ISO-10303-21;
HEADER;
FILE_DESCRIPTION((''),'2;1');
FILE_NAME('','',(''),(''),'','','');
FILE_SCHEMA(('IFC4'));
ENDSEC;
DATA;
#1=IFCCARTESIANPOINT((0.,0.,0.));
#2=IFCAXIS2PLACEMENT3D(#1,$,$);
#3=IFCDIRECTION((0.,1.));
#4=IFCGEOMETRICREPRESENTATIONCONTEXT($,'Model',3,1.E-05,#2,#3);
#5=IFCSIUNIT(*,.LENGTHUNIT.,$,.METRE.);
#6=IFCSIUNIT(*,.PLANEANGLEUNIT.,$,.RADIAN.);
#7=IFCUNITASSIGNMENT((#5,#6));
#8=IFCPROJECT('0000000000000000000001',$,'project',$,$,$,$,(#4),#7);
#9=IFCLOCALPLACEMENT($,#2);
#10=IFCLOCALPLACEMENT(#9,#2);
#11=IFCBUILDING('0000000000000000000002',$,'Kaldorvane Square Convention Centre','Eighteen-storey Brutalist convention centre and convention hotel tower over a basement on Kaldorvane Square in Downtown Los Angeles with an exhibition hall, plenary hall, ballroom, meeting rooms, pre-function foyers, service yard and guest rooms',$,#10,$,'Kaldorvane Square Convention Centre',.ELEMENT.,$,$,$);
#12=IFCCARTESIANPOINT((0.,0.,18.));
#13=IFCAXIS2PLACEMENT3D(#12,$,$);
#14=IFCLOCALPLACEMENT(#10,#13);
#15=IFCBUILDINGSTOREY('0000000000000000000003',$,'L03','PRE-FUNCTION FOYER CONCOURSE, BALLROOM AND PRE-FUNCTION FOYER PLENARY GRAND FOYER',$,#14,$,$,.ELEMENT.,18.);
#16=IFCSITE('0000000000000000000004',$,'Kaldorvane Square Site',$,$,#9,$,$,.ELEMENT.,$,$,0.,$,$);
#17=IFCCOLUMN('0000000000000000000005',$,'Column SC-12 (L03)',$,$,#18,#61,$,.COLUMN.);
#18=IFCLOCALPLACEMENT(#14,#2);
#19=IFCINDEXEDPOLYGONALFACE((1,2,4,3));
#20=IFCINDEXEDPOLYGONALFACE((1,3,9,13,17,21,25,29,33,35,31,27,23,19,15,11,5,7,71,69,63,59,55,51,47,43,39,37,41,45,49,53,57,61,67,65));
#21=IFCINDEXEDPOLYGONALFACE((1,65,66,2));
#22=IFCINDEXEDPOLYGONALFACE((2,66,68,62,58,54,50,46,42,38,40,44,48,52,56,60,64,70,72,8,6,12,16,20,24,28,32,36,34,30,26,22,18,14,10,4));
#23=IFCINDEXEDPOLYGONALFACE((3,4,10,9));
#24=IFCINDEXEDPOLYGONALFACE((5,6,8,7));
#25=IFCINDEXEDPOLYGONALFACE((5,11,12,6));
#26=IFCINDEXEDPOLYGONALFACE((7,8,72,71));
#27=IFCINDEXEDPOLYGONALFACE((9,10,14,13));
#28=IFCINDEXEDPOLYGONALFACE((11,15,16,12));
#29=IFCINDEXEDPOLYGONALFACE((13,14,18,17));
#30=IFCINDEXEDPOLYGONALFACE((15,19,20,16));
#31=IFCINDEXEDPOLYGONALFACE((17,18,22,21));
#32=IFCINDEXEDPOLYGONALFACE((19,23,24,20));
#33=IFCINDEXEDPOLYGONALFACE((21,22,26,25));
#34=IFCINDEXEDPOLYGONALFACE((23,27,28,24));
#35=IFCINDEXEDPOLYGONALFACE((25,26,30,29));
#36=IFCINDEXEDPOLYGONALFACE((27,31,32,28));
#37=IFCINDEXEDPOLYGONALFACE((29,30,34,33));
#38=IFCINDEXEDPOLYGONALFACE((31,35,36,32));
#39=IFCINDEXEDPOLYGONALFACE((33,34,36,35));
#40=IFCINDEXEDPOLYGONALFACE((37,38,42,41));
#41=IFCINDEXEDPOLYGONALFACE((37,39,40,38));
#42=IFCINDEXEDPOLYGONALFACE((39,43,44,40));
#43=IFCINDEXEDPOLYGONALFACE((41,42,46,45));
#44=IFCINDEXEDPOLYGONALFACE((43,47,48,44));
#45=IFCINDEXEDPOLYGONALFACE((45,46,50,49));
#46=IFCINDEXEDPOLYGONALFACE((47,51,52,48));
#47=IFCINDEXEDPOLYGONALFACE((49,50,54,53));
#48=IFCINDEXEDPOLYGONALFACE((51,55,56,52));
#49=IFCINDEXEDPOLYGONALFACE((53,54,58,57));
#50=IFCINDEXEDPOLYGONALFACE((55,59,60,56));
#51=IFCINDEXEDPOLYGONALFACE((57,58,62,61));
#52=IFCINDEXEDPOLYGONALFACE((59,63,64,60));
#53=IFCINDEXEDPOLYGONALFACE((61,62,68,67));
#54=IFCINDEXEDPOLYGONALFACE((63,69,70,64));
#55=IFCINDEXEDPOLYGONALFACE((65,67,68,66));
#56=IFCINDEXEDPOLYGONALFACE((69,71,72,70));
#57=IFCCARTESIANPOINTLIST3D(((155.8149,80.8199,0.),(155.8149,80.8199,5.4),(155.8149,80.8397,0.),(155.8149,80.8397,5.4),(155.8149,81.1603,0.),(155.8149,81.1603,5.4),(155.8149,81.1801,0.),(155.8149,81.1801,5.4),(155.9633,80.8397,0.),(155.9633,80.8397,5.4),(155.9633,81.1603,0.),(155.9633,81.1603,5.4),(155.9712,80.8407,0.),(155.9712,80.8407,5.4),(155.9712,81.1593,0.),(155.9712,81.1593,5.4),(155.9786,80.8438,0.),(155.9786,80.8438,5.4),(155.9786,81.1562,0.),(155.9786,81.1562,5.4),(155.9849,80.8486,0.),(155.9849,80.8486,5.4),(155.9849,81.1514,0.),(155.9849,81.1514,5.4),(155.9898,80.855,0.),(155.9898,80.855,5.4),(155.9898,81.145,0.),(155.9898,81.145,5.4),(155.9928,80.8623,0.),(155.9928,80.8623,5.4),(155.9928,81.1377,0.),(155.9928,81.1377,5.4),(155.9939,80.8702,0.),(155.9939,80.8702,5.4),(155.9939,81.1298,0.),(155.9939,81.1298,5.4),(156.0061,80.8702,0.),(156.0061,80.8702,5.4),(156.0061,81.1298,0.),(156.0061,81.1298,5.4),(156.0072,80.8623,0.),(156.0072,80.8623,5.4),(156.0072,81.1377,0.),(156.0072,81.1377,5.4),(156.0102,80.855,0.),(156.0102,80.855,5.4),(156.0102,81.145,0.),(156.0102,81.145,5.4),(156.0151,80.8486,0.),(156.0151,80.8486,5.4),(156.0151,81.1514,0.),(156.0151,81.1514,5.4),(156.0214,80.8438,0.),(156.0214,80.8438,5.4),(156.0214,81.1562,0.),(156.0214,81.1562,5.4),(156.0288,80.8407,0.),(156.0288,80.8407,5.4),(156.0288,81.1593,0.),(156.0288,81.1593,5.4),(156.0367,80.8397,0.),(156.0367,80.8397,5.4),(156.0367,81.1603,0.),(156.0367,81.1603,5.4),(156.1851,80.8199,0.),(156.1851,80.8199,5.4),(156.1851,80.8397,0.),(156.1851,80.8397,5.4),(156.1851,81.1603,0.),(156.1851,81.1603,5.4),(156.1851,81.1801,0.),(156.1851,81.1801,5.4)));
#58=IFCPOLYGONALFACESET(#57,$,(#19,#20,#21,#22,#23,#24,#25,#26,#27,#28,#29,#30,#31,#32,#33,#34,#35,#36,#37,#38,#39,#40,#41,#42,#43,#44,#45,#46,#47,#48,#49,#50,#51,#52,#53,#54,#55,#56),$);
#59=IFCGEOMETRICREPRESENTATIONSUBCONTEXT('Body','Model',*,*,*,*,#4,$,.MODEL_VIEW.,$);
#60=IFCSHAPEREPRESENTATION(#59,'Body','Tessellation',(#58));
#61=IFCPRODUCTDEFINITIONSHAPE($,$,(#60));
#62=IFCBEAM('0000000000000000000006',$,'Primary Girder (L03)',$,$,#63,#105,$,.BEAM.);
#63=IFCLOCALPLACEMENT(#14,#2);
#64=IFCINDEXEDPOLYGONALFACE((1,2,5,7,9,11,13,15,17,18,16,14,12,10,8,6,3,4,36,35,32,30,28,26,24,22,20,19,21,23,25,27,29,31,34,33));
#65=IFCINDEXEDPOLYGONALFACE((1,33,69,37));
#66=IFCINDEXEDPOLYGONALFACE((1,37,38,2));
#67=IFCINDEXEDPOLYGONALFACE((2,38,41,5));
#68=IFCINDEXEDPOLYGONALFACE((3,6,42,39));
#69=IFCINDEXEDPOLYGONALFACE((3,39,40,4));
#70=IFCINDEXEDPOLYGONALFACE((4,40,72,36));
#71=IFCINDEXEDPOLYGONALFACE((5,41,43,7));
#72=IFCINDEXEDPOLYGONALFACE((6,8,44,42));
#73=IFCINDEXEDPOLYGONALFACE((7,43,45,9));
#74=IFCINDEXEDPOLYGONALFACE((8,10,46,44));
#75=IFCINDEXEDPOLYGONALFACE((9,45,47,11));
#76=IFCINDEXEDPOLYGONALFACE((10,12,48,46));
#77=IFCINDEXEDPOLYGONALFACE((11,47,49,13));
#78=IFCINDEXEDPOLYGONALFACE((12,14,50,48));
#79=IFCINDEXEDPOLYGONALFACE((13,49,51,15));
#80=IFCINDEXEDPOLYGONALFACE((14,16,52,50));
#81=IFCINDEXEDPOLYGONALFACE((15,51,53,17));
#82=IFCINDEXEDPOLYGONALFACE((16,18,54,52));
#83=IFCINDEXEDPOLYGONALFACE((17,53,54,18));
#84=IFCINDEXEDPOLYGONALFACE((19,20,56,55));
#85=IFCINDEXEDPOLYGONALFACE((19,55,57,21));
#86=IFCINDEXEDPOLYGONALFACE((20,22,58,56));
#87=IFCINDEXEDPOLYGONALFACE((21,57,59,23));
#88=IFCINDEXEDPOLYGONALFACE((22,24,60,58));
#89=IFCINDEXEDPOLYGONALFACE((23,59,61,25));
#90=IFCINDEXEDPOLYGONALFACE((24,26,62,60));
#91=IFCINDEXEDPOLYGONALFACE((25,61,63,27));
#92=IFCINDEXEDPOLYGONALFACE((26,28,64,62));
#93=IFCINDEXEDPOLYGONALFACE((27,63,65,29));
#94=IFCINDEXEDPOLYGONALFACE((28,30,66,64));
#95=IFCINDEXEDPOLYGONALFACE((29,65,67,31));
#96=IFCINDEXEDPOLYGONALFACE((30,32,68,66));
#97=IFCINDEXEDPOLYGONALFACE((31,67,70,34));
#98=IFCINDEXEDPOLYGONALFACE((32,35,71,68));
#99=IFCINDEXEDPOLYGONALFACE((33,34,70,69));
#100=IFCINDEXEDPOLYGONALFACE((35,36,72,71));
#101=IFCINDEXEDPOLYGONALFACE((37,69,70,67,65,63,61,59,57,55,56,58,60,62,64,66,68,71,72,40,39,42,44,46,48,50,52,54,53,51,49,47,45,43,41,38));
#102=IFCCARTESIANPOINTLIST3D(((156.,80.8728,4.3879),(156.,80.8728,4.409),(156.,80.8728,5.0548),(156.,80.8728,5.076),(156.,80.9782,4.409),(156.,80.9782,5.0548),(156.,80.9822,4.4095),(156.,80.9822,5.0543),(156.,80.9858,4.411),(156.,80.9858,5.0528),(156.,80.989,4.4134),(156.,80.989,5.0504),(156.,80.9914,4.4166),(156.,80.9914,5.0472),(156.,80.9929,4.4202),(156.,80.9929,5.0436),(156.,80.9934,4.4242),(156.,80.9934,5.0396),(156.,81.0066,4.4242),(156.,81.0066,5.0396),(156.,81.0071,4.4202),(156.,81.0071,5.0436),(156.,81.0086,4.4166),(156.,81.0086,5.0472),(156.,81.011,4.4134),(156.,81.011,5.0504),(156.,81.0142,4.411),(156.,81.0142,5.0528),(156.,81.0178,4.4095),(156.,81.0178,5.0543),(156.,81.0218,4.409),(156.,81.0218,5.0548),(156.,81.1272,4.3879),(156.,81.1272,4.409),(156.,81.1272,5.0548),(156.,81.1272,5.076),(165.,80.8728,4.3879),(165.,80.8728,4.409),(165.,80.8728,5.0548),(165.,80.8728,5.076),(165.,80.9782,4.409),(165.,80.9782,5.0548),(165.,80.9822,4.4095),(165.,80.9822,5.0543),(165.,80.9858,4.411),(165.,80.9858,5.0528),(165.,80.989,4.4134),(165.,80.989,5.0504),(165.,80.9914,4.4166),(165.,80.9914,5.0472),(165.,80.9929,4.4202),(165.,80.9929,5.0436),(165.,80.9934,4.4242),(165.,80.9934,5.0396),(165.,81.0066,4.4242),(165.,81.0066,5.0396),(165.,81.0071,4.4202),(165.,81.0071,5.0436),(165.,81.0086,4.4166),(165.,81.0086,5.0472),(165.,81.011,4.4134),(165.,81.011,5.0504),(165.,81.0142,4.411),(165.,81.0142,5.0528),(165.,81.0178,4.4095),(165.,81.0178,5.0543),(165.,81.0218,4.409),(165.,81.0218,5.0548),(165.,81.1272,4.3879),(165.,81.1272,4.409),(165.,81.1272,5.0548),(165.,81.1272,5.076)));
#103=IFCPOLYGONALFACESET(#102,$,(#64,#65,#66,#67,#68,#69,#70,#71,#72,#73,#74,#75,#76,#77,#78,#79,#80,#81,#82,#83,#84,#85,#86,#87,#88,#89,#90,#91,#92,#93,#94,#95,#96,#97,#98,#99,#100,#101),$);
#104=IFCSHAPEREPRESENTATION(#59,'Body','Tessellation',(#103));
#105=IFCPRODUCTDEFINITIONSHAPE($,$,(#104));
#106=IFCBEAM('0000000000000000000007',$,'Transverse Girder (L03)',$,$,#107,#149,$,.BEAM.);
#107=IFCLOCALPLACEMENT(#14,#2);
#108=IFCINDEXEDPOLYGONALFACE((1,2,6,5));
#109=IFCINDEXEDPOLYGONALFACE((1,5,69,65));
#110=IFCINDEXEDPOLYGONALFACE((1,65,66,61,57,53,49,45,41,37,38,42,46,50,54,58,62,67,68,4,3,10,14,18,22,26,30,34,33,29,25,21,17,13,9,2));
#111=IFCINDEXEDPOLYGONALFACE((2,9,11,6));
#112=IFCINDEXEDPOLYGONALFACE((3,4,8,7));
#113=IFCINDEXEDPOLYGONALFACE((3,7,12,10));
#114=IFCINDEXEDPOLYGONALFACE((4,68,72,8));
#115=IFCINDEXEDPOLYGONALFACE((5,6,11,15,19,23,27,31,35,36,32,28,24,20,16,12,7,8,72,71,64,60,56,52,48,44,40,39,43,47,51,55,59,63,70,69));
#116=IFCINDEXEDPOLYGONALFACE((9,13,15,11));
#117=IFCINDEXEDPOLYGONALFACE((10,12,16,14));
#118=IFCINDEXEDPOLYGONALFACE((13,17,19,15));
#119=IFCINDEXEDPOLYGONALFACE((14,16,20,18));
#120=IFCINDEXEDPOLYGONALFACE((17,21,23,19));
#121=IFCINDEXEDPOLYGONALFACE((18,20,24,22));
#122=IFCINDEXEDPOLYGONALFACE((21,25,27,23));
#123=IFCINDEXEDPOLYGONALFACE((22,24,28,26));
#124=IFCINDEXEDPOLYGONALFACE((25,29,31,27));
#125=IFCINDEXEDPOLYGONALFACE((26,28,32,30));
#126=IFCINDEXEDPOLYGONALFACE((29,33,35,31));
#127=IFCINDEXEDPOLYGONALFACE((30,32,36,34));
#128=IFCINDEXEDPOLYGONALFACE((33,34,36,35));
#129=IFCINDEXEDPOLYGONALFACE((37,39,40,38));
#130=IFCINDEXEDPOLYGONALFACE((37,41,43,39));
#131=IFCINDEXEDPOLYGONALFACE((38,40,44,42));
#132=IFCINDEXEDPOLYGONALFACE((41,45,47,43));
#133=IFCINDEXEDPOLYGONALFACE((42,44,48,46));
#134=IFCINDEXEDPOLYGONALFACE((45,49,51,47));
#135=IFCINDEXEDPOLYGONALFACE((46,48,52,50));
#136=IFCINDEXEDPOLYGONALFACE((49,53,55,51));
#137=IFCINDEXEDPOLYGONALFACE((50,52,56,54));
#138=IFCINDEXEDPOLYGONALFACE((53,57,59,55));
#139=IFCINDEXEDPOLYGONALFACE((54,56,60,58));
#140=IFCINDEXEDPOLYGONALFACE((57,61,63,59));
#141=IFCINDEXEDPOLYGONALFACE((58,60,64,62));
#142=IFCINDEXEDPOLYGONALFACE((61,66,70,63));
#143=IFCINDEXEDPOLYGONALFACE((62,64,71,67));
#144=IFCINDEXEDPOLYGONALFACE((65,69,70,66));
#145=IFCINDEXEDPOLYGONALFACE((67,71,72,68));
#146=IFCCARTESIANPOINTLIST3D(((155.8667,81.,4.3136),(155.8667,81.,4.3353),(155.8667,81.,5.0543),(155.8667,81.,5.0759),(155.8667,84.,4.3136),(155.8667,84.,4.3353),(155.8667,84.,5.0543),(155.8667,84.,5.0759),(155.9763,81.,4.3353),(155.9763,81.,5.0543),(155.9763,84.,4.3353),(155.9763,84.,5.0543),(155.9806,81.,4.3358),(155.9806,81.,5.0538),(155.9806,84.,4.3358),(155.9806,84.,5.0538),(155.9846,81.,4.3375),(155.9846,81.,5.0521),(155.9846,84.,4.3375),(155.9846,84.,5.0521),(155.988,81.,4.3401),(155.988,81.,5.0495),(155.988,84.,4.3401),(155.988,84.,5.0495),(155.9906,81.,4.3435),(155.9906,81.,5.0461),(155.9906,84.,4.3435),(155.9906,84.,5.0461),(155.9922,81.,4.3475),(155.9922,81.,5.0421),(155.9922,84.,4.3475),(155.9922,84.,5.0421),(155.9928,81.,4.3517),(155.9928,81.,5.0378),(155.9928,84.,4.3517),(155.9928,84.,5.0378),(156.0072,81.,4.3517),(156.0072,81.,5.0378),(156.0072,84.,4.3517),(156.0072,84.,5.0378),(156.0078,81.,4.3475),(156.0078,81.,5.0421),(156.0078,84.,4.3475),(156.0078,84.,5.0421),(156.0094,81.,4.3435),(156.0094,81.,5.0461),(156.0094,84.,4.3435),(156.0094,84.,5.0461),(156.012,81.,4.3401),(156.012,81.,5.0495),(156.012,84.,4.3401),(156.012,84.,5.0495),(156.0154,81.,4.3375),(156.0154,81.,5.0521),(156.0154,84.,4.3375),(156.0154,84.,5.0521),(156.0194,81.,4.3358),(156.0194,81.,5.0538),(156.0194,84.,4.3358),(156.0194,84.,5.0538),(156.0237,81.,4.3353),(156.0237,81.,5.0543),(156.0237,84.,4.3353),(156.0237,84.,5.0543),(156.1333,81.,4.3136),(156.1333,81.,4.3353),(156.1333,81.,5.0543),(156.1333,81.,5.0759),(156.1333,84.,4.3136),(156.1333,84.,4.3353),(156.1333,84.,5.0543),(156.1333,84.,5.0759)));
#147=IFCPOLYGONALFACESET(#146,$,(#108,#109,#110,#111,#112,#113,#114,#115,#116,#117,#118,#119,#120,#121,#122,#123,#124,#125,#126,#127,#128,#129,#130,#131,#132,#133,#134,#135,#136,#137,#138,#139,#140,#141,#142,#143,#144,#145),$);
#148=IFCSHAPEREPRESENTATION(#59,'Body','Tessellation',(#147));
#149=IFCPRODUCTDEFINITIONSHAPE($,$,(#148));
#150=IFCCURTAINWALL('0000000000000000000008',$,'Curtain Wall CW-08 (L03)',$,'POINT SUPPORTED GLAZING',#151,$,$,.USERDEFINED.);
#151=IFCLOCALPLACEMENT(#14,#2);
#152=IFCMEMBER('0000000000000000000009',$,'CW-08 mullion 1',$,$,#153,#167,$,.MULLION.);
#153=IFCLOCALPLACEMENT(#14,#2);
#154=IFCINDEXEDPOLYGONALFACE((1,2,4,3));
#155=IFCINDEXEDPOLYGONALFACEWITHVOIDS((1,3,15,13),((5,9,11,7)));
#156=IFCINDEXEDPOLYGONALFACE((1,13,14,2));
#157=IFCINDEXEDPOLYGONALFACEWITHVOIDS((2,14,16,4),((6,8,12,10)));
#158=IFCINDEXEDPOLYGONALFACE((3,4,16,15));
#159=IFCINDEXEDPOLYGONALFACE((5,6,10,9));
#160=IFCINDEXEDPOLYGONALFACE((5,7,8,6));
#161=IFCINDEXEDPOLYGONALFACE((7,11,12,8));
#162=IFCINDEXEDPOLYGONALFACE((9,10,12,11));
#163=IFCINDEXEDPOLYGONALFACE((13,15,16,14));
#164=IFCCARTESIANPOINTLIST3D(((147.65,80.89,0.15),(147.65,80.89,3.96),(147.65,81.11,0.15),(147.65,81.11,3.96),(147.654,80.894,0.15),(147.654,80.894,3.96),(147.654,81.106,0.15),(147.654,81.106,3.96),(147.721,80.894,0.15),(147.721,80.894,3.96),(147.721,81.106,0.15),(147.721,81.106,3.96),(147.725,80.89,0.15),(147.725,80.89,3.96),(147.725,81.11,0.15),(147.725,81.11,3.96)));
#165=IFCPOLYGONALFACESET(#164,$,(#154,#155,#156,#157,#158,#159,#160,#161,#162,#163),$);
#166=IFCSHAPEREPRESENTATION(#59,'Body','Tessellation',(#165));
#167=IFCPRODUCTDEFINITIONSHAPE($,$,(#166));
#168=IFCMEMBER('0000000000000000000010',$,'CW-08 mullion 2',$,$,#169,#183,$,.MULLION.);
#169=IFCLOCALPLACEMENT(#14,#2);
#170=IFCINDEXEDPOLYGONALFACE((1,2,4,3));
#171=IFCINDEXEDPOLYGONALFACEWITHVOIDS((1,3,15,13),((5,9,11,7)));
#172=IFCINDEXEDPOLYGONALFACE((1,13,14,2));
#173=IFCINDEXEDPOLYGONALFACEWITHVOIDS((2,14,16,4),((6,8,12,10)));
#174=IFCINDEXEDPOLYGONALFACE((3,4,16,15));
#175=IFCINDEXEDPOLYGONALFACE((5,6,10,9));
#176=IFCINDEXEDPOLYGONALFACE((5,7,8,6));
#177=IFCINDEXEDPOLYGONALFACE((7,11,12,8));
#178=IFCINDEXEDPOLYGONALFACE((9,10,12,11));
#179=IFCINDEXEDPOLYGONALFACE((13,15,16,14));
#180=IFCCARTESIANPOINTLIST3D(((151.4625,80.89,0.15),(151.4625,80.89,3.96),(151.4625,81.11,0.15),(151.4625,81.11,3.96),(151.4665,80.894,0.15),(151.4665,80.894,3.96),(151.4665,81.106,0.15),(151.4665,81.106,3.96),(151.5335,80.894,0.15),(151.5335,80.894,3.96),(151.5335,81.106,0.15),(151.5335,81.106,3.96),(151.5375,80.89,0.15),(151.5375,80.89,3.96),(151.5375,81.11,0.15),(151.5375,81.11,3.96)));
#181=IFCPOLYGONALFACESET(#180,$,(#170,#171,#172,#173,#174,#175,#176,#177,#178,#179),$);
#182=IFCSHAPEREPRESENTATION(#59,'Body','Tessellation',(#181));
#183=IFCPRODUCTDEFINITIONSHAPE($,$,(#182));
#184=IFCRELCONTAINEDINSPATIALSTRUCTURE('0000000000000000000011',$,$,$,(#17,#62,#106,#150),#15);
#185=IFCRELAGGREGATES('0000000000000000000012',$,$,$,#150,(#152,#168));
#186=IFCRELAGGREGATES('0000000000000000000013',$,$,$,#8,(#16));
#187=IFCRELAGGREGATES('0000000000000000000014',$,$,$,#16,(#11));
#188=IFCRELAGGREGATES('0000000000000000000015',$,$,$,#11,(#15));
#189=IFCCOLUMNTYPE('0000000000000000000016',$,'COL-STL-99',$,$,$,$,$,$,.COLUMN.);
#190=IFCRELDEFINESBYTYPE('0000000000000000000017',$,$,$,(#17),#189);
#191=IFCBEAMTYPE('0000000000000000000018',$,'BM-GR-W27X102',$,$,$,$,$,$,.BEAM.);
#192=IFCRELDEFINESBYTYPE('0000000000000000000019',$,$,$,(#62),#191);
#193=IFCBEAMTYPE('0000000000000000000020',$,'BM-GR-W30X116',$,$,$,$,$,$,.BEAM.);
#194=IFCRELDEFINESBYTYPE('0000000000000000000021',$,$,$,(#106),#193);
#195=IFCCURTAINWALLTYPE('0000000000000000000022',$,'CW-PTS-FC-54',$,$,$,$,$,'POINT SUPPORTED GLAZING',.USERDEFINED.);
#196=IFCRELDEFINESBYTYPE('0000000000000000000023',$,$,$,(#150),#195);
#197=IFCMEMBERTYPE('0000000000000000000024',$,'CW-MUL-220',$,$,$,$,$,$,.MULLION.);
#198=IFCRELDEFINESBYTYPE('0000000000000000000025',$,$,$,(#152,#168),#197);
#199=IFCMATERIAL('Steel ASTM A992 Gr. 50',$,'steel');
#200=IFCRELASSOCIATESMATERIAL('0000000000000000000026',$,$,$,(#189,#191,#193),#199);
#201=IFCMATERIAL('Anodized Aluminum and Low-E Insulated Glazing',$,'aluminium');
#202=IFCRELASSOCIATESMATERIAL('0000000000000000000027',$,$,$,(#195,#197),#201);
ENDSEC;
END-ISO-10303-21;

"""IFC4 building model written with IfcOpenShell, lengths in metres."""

from ifc_helpers import new_model, si_unit, direction, frame, origin, origin_2d, place, context, subcontext, project, spatial, hollow_rectangle, i_section, extrude, material, material_profile, profile_set, type_object, element, aggregate, save


model = new_model("IFC4")

# Units and contexts
model_context = context("Model", 3, precision=1e-05, world=origin(), true_north=direction((0.0, 1.0)))
body_context = subcontext(model_context, "Body", "Model", "MODEL_VIEW")
ifc_project = project(units=[si_unit("LENGTHUNIT", "METRE"), si_unit("PLANEANGLEUNIT", "RADIAN")], contexts=[model_context])

# Site, building, storey
site_placement = place(None, origin())
site = spatial("IfcSite", under=ifc_project, at=site_placement, Name="Kaldorvane Square Site", CompositionType="ELEMENT", RefElevation=0.0)
building_placement = place(site_placement, origin())
building = spatial("IfcBuilding", under=site, at=building_placement, Name="Kaldorvane Square Convention Centre", Description="Eighteen-storey Brutalist convention centre and convention hotel tower over a basement on Kaldorvane Square in Downtown Los Angeles with an exhibition hall, plenary hall, ballroom, meeting rooms, pre-function foyers, service yard and guest rooms", LongName="Kaldorvane Square Convention Centre", CompositionType="ELEMENT")
storey_placement = place(building_placement, frame((0.0, 0.0, 18.0)))
storey = spatial("IfcBuildingStorey", under=building, at=storey_placement, Name="L03", Description="PRE-FUNCTION FOYER CONCOURSE, BALLROOM AND PRE-FUNCTION FOYER PLENARY GRAND FOYER", CompositionType="ELEMENT", Elevation=18.0)

# Column
ifc_material_1 = material(Name="Steel ASTM A992 Gr. 50", Category="steel")
ifc_material_profile_1 = material_profile(ifc_material_1, i_section(OverallWidth=0.3701, OverallDepth=0.3602, WebThickness=0.0123, FlangeThickness=0.0198, FilletRadius=0.0305, at=origin_2d()), Name="W14X99")
ifc_profile_set_1 = profile_set([ifc_material_profile_1], Name="Steel ASTM A992 Gr. 50")
column_type = type_object("IfcColumnType", Name="COL-STL-99", PredefinedType="COLUMN", material=ifc_profile_set_1)
column_placement = place(storey_placement, frame((156.0, 81.0, 0.0), z_axis=(0.0, 0.0, 1.0), x_axis=(1.0, 0.0, 0.0)))
element("IfcColumn", 1, at=column_placement, inside=storey, type_object=column_type, Name="Column SC-12 (L03)", PredefinedType="COLUMN", context=body_context, shape_type="SweptSolid", body=[
    extrude(i_section(OverallWidth=0.3701, OverallDepth=0.3602, WebThickness=0.0123, FlangeThickness=0.0198, FilletRadius=0.0305, at=origin_2d()), origin(), (0.0, 0.0, 1.0), 5.4),
])

# Beams
ifc_material_profile_2 = material_profile(ifc_material_1, i_section(OverallWidth=0.2544, OverallDepth=0.6881, WebThickness=0.0131, FlangeThickness=0.0211, FilletRadius=0.0152, at=origin_2d()), Name="W27X102")
ifc_profile_set_2 = profile_set([ifc_material_profile_2], Name="Steel ASTM A992 Gr. 50")
beam_type_1 = type_object("IfcBeamType", Name="BM-GR-W27X102", PredefinedType="BEAM", material=ifc_profile_set_2)
beam_1_placement = place(storey_placement, frame((156.0, 81.0, 4.7319), z_axis=(1.0, 0.0, 0.0), x_axis=(0.0, 1.0, 0.0)))
element("IfcBeam", 2, at=beam_1_placement, inside=storey, type_object=beam_type_1, Name="Primary Girder (L03)", PredefinedType="BEAM", context=body_context, shape_type="SweptSolid", body=[
    extrude(i_section(OverallWidth=0.2544, OverallDepth=0.6881, WebThickness=0.0131, FlangeThickness=0.0211, FilletRadius=0.0152, at=origin_2d()), origin(), (0.0, 0.0, 1.0), 9.0),
])
ifc_material_profile_3 = material_profile(ifc_material_1, i_section(OverallWidth=0.2666, OverallDepth=0.7623, WebThickness=0.0144, FlangeThickness=0.0216, FilletRadius=0.0165, at=origin_2d()), Name="W30X116")
ifc_profile_set_3 = profile_set([ifc_material_profile_3], Name="Steel ASTM A992 Gr. 50")
beam_type_2 = type_object("IfcBeamType", Name="BM-GR-W30X116", PredefinedType="BEAM", material=ifc_profile_set_3)
beam_2_placement = place(storey_placement, frame((156.0, 81.0, 4.6948), z_axis=(0.0, 1.0, 0.0), x_axis=(-1.0, 0.0, 0.0)))
element("IfcBeam", 3, at=beam_2_placement, inside=storey, type_object=beam_type_2, Name="Transverse Girder (L03)", PredefinedType="BEAM", context=body_context, shape_type="SweptSolid", body=[
    extrude(i_section(OverallWidth=0.2666, OverallDepth=0.7623, WebThickness=0.0144, FlangeThickness=0.0216, FilletRadius=0.0165, at=origin_2d()), origin(), (0.0, 0.0, 1.0), 3.0),
])

# Curtain wall, members
ifc_material_2 = material(Name="Anodized Aluminum and Low-E Insulated Glazing", Category="aluminium")
curtain_wall_type = type_object("IfcCurtainWallType", Name="CW-PTS-FC-54", ElementType="POINT SUPPORTED GLAZING", PredefinedType="USERDEFINED", material=ifc_material_2)
curtain_wall_1_placement = place(storey_placement, origin())
curtain_wall_1 = element("IfcCurtainWall", 4, at=curtain_wall_1_placement, inside=storey, type_object=curtain_wall_type, Name="Curtain Wall CW-08 (L03)", ObjectType="POINT SUPPORTED GLAZING", PredefinedType="USERDEFINED")
ifc_material_profile_4 = material_profile(ifc_material_2, hollow_rectangle(XDim=0.075, YDim=0.22, WallThickness=0.004, at=origin_2d()), Name="CWM-220X75")
ifc_profile_set_4 = profile_set([ifc_material_profile_4], Name="Anodized Aluminum and Low-E Insulated Glazing")
member_type_1 = type_object("IfcMemberType", Name="CW-MUL-220", PredefinedType="MULLION", material=ifc_profile_set_4)
member_1_placement = place(storey_placement, frame((147.6875, 81.0, 0.15), z_axis=(0.0, 0.0, 1.0), x_axis=(1.0, 0.0, 0.0)))
member_1 = element("IfcMember", 5, at=member_1_placement, type_object=member_type_1, Name="CW-08 mullion 1", PredefinedType="MULLION", context=body_context, shape_type="SweptSolid", body=[
    extrude(hollow_rectangle(XDim=0.075, YDim=0.22, WallThickness=0.004, at=origin_2d()), origin(), (0.0, 0.0, 1.0), 3.81),
])
member_2_placement = place(storey_placement, frame((151.5, 81.0, 0.15), z_axis=(0.0, 0.0, 1.0), x_axis=(1.0, 0.0, 0.0)))
member_2 = element("IfcMember", 6, at=member_2_placement, type_object=member_type_1, Name="CW-08 mullion 2", PredefinedType="MULLION", context=body_context, shape_type="SweptSolid", body=[
    extrude(hollow_rectangle(XDim=0.075, YDim=0.22, WallThickness=0.004, at=origin_2d()), origin(), (0.0, 0.0, 1.0), 3.81),
])

aggregate(curtain_wall_1, [member_1, member_2])

save(model, "model.ifc")
